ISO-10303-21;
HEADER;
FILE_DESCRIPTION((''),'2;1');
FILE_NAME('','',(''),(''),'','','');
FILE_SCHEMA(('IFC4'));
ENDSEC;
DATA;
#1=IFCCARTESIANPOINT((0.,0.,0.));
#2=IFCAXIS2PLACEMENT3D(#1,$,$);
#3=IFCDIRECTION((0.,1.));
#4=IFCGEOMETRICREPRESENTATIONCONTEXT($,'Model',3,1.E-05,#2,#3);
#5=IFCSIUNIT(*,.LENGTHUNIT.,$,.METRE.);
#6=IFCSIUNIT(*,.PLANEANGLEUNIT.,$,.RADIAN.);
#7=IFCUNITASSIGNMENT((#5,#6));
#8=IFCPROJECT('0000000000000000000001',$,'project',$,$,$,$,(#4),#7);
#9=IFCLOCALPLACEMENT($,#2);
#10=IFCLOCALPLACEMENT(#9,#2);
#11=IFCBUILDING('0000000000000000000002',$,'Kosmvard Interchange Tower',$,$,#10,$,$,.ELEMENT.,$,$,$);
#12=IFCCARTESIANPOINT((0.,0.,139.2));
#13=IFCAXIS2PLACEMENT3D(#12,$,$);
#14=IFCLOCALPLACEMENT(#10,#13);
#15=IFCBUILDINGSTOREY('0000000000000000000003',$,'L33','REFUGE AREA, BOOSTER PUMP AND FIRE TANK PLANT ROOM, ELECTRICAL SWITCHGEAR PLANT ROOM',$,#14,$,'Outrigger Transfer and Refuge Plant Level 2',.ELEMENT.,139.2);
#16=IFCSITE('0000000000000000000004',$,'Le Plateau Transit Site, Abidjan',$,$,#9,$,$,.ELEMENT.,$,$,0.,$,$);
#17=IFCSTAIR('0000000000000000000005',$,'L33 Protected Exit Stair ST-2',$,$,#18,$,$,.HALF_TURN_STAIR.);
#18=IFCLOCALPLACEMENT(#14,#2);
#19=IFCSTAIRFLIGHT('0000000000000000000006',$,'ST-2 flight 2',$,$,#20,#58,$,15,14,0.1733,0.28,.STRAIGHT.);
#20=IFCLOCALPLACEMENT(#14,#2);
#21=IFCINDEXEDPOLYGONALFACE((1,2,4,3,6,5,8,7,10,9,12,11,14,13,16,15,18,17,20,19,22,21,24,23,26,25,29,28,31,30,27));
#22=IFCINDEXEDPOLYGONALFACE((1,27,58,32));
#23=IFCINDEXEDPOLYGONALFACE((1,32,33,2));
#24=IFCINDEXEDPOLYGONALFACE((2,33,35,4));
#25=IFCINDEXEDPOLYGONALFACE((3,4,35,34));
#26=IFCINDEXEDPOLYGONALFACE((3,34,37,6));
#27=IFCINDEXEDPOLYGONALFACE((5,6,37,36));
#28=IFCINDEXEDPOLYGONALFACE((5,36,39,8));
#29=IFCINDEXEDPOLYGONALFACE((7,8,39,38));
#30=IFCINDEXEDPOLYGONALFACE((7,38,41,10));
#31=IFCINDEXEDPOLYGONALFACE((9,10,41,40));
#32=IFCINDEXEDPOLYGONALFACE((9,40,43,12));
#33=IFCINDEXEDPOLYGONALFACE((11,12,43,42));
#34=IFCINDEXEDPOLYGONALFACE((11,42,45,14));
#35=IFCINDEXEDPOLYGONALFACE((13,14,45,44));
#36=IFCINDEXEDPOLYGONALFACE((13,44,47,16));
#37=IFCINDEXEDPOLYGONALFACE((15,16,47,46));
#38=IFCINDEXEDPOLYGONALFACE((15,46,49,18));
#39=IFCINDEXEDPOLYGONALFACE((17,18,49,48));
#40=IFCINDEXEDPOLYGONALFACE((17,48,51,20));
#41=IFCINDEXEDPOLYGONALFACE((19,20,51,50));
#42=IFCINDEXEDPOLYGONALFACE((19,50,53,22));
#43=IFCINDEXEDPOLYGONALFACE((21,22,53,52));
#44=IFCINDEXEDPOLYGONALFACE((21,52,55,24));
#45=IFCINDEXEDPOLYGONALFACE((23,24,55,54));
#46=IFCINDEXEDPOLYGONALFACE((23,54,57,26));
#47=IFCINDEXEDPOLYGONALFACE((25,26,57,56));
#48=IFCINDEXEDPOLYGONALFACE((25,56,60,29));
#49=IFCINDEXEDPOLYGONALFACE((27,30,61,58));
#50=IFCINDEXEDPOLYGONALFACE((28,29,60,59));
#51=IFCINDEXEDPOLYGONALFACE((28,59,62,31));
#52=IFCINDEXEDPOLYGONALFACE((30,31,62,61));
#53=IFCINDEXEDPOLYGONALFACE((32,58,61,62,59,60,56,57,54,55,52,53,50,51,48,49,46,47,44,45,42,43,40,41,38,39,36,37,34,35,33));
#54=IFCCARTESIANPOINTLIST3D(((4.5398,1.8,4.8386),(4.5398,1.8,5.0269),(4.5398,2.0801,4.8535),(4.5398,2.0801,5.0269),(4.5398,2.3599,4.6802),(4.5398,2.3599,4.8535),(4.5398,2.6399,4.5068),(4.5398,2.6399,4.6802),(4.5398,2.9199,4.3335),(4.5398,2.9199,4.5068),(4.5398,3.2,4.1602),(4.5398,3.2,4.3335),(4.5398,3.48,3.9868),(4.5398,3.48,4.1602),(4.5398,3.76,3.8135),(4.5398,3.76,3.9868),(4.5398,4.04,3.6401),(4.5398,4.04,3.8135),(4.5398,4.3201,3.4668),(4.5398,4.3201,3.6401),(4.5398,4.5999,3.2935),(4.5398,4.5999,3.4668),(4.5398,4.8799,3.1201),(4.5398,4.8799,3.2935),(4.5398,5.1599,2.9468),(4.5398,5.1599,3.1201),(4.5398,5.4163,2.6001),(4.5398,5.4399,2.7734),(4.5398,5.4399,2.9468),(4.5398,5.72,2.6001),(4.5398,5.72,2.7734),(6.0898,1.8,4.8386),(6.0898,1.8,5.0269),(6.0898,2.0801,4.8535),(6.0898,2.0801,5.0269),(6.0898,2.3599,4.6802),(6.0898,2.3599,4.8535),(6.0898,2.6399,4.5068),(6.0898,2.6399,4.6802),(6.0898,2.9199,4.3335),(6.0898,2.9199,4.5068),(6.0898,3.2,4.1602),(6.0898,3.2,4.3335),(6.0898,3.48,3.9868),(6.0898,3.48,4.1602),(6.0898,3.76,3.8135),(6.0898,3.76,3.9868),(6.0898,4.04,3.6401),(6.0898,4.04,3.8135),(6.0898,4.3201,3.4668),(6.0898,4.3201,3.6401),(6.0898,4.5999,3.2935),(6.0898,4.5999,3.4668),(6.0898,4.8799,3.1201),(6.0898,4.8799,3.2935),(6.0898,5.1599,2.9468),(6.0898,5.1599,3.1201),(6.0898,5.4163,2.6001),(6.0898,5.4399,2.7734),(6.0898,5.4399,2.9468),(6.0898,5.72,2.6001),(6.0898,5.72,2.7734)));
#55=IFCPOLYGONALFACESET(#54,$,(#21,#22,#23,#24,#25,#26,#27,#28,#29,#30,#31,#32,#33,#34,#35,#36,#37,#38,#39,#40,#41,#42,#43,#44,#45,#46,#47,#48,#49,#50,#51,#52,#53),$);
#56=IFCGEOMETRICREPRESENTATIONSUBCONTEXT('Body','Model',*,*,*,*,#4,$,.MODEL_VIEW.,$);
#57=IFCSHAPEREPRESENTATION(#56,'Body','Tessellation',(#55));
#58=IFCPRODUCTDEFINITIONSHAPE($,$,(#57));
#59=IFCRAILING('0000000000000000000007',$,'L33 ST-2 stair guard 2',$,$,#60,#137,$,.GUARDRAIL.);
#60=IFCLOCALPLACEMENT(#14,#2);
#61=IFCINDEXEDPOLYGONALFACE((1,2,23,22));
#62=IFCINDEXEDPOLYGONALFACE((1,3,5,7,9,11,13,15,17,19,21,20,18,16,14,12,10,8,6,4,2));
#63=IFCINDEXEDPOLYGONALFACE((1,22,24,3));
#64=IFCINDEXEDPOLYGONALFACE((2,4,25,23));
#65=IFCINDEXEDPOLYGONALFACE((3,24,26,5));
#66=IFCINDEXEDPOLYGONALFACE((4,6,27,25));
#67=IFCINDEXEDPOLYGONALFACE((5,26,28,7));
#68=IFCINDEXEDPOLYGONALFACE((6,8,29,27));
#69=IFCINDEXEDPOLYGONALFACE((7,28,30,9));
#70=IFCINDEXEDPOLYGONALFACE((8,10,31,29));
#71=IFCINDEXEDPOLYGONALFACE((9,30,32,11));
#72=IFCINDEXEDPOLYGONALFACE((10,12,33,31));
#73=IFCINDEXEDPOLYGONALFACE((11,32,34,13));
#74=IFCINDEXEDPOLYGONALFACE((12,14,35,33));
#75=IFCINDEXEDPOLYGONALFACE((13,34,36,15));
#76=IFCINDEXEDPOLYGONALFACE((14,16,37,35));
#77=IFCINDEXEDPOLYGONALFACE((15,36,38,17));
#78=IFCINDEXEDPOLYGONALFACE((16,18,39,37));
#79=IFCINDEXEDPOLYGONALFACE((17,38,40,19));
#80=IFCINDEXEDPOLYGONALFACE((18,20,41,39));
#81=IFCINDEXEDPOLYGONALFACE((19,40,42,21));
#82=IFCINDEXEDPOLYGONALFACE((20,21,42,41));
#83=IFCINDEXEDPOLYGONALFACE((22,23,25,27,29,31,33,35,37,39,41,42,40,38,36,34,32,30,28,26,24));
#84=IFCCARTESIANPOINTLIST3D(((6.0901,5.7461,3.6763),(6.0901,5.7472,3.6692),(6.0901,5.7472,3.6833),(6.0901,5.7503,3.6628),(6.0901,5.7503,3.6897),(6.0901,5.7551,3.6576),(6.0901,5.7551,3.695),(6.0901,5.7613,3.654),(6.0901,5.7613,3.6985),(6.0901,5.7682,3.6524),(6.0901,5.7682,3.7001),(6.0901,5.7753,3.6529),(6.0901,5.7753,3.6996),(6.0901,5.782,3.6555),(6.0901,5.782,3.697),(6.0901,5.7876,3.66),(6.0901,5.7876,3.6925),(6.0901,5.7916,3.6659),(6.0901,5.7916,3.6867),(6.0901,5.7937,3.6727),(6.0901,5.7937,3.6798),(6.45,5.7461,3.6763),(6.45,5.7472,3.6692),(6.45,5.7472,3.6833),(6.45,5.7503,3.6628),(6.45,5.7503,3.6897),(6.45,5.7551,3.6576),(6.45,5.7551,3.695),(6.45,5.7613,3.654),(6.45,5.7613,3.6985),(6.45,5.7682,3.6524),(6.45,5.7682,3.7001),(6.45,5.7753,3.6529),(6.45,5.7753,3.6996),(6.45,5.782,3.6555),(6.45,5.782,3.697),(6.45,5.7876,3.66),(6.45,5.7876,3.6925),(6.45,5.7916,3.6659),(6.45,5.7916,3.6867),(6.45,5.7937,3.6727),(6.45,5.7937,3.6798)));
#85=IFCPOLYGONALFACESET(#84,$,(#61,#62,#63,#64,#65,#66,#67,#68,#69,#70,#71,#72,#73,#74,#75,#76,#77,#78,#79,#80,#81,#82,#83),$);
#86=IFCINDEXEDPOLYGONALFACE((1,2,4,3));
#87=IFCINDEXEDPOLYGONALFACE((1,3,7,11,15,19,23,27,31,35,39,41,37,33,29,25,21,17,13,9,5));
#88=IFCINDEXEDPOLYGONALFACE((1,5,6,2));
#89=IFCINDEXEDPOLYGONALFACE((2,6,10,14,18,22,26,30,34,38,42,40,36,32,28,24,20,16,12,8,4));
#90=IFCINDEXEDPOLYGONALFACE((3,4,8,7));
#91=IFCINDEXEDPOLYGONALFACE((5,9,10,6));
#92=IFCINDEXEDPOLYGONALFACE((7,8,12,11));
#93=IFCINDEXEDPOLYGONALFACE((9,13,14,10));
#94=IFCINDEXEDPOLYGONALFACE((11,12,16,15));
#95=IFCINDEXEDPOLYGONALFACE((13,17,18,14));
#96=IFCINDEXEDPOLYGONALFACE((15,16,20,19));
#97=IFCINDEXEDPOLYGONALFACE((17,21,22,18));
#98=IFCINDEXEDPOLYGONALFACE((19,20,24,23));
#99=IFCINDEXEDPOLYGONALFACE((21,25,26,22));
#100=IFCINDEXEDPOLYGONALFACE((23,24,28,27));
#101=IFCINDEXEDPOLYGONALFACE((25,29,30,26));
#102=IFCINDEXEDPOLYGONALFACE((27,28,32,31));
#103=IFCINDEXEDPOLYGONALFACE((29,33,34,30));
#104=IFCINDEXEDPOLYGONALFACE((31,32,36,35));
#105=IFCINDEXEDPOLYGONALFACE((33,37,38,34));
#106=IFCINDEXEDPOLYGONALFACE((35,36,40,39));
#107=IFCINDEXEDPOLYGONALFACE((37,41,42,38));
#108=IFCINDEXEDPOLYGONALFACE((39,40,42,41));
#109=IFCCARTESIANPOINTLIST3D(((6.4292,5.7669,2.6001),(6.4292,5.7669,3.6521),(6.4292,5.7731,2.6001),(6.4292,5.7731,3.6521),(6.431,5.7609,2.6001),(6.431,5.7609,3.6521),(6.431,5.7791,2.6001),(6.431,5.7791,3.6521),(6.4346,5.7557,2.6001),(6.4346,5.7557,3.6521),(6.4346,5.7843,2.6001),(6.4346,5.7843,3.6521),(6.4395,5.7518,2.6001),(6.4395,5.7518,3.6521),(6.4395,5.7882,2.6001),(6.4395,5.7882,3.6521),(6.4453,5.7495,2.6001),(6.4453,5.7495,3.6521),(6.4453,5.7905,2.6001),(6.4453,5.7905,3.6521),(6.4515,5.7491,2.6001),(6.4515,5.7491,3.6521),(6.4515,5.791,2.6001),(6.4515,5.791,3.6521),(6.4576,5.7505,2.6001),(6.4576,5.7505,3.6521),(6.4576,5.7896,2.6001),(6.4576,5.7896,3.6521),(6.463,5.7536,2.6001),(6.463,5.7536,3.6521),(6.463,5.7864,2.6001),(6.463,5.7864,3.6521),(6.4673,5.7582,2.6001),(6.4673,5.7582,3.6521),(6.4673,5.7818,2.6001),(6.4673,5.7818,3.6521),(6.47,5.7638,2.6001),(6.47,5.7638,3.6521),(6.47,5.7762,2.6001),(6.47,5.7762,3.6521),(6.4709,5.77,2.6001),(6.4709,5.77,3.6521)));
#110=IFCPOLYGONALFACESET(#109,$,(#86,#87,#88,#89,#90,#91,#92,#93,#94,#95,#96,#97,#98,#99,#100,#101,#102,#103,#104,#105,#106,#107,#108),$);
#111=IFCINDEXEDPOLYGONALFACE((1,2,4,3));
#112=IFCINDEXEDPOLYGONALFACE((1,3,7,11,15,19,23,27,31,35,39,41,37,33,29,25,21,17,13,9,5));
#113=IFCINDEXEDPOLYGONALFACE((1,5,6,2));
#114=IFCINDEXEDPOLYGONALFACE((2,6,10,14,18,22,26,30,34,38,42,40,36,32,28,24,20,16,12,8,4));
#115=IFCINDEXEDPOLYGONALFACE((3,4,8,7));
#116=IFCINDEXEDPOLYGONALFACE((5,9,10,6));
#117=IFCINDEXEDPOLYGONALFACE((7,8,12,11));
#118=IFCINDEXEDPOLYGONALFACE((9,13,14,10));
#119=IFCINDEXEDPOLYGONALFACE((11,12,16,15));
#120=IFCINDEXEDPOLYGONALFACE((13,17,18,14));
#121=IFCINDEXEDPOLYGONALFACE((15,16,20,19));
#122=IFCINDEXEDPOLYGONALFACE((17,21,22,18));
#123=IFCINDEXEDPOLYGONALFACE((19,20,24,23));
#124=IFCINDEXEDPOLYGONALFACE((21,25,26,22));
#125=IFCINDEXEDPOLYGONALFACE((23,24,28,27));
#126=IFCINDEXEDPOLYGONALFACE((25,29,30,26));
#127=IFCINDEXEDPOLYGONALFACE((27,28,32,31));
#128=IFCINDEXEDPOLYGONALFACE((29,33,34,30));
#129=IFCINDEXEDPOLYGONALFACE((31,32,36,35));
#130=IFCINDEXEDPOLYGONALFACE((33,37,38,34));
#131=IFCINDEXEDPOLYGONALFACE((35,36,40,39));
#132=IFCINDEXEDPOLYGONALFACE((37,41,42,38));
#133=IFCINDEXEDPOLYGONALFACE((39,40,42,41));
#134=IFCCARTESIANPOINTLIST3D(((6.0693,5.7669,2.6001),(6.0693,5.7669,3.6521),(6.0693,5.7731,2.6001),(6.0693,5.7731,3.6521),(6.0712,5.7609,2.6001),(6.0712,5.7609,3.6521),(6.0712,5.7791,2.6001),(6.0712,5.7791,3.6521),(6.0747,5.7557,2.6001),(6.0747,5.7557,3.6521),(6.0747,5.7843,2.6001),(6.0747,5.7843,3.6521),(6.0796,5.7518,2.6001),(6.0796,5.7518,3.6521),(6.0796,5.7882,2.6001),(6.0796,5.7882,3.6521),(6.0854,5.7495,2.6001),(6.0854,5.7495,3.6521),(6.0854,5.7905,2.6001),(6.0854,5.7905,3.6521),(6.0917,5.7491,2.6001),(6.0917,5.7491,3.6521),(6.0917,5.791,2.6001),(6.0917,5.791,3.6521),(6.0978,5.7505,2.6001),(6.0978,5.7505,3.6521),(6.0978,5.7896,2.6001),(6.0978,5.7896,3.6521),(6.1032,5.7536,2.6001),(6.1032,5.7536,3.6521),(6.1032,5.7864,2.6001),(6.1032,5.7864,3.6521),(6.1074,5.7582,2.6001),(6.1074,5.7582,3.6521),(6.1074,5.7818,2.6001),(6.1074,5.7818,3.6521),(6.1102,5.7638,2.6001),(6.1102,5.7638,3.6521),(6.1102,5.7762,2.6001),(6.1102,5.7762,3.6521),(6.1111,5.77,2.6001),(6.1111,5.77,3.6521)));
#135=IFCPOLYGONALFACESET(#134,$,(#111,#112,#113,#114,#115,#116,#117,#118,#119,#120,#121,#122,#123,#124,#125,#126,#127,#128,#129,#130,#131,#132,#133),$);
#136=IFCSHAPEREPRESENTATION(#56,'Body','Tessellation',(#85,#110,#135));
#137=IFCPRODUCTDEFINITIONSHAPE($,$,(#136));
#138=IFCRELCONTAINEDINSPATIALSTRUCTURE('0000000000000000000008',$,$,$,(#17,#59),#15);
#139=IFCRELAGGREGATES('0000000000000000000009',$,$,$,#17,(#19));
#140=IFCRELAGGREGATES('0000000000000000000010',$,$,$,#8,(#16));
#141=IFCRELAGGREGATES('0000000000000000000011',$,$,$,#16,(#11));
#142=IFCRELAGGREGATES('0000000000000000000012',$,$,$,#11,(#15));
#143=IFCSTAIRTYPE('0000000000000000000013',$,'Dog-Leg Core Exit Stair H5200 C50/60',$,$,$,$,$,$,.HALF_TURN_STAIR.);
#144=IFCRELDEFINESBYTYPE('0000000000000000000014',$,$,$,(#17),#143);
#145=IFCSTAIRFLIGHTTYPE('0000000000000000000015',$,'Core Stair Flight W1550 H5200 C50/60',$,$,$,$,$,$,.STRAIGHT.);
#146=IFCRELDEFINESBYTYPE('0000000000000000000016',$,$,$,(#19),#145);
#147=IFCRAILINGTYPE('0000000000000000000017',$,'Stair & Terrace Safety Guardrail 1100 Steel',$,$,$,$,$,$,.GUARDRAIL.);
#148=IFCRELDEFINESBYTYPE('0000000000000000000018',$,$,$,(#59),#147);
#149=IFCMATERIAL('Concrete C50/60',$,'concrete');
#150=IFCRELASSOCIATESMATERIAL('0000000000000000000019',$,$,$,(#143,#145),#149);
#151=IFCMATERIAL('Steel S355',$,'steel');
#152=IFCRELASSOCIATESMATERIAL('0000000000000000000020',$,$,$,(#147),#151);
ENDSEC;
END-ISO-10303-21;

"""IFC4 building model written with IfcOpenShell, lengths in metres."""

from ifc_helpers import new_model, si_unit, direction, frame, origin, origin_2d, place, context, subcontext, project, spatial, polyline, circle, outline, extrude, source, transform, mapped, material, type_object, element, aggregate, save


model = new_model("IFC4")

# Units and contexts
model_context = context("Model", 3, precision=1e-05, world=origin(), true_north=direction((0.0, 1.0)))
body_context = subcontext(model_context, "Body", "Model", "MODEL_VIEW")
ifc_project = project(units=[si_unit("LENGTHUNIT", "METRE"), si_unit("PLANEANGLEUNIT", "RADIAN")], contexts=[model_context])

# Site, building, storey
site_placement = place(None, origin())
site = spatial("IfcSite", under=ifc_project, at=site_placement, Name="Le Plateau Transit Site, Abidjan", CompositionType="ELEMENT", RefElevation=0.0)
building_placement = place(site_placement, origin())
building = spatial("IfcBuilding", under=site, at=building_placement, Name="Kosmvard Interchange Tower", CompositionType="ELEMENT")
storey_placement = place(building_placement, frame((0.0, 0.0, 139.2)))
storey = spatial("IfcBuildingStorey", under=building, at=storey_placement, Name="L33", Description="REFUGE AREA, BOOSTER PUMP AND FIRE TANK PLANT ROOM, ELECTRICAL SWITCHGEAR PLANT ROOM", LongName="Outrigger Transfer and Refuge Plant Level 2", CompositionType="ELEMENT", Elevation=139.2)

# Stair
ifc_material_1 = material(Name="Concrete C50/60", Category="concrete")
stair_type = type_object("IfcStairType", Name="Dog-Leg Core Exit Stair H5200 C50/60", PredefinedType="HALF_TURN_STAIR", material=ifc_material_1)
stair_1_placement = place(storey_placement, origin())
stair_1 = element("IfcStair", 1, at=stair_1_placement, inside=storey, type_object=stair_type, Name="L33 Protected Exit Stair ST-2", PredefinedType="HALF_TURN_STAIR")

# Stair flight
stair_flight_type = type_object("IfcStairFlightType", Name="Core Stair Flight W1550 H5200 C50/60", PredefinedType="STRAIGHT", material=ifc_material_1)
shared_shape_1 = source(origin(), body_context, "Body", "SweptSolid", [
    extrude(outline(polyline([(0.0, 0.0), (0.0, 0.1733), (0.28, 0.1733), (0.28, 0.3467), (0.5601, 0.3467), (0.5601, 0.52), (0.8401, 0.52), (0.8401, 0.6934), (1.1201, 0.6934), (1.1201, 0.8667), (1.3999, 0.8667), (1.3999, 1.04), (1.6799, 1.04), (1.6799, 1.2134), (1.96, 1.2134), (1.96, 1.3867), (2.24, 1.3867), (2.24, 1.5601), (2.52, 1.5601), (2.52, 1.7334), (2.8, 1.7334), (2.8, 1.9067), (3.0801, 1.9067), (3.0801, 2.0801), (3.3601, 2.0801), (3.3601, 2.2534), (3.6399, 2.2534), (3.6399, 2.4268), (3.9199, 2.4268), (3.9199, 2.6001), (3.9199, 2.2385), (0.3037, 0.0), (0.0, 0.0)])), frame((0.0, 0.7749, 0.0), z_axis=(0.0, -1.0, 0.0), x_axis=(1.0, 0.0, 0.0)), (0.0, 0.0, 1.0), 1.55),
])
stair_flight_1_placement = place(storey_placement, frame((5.3149, 5.72, 2.6001), z_axis=(0.0, 0.0, 1.0), x_axis=(0.0, -1.0, 0.0)))
stair_flight_1 = element("IfcStairFlight", 2, at=stair_flight_1_placement, type_object=stair_flight_type, Name="ST-2 flight 2", NumberOfRisers=15, NumberOfTreads=14, PredefinedType="STRAIGHT", RiserHeight=0.1733, TreadLength=0.28, context=body_context, shape_type="MappedRepresentation", body=[
    mapped(shared_shape_1, transform((0.0, 0.0, 0.0), scale=1.0)),
])
aggregate(stair_1, [stair_flight_1])

# Railing
ifc_material_2 = material(Name="Steel S355", Category="steel")
railing_type_1 = type_object("IfcRailingType", Name="Stair & Terrace Safety Guardrail 1100 Steel", PredefinedType="GUARDRAIL", material=ifc_material_2)
shared_shape_2 = source(origin(), body_context, "Body", "SweptSolid", [
    extrude(circle(Radius=0.0239, at=origin_2d()), frame((0.0, 0.0, 1.0762), z_axis=(-1.0, 0.0, 0.0), x_axis=(0.0, -1.0, 0.0)), (0.0, 0.0, 1.0), 0.3599),
    extrude(circle(Radius=0.021, at=origin_2d()), origin(), (0.0, 0.0, 1.0), 1.052),
    extrude(circle(Radius=0.021, at=origin_2d()), frame((-0.3599, 0.0, 0.0)), (0.0, 0.0, 1.0), 1.052),
])
for number, where, name in (
    (3, (6.45, 5.77, 2.6001), "L33 ST-2 stair guard 2"),
):
    element("IfcRailing", number, at=place(storey_placement, frame(where)), inside=storey, type_object=railing_type_1, Name=name, PredefinedType="GUARDRAIL", context=body_context, shape_type="MappedRepresentation", body=[
        mapped(shared_shape_2, transform((0.0, 0.0, 0.0), scale=1.0)),
    ])

save(model, "model.ifc")
